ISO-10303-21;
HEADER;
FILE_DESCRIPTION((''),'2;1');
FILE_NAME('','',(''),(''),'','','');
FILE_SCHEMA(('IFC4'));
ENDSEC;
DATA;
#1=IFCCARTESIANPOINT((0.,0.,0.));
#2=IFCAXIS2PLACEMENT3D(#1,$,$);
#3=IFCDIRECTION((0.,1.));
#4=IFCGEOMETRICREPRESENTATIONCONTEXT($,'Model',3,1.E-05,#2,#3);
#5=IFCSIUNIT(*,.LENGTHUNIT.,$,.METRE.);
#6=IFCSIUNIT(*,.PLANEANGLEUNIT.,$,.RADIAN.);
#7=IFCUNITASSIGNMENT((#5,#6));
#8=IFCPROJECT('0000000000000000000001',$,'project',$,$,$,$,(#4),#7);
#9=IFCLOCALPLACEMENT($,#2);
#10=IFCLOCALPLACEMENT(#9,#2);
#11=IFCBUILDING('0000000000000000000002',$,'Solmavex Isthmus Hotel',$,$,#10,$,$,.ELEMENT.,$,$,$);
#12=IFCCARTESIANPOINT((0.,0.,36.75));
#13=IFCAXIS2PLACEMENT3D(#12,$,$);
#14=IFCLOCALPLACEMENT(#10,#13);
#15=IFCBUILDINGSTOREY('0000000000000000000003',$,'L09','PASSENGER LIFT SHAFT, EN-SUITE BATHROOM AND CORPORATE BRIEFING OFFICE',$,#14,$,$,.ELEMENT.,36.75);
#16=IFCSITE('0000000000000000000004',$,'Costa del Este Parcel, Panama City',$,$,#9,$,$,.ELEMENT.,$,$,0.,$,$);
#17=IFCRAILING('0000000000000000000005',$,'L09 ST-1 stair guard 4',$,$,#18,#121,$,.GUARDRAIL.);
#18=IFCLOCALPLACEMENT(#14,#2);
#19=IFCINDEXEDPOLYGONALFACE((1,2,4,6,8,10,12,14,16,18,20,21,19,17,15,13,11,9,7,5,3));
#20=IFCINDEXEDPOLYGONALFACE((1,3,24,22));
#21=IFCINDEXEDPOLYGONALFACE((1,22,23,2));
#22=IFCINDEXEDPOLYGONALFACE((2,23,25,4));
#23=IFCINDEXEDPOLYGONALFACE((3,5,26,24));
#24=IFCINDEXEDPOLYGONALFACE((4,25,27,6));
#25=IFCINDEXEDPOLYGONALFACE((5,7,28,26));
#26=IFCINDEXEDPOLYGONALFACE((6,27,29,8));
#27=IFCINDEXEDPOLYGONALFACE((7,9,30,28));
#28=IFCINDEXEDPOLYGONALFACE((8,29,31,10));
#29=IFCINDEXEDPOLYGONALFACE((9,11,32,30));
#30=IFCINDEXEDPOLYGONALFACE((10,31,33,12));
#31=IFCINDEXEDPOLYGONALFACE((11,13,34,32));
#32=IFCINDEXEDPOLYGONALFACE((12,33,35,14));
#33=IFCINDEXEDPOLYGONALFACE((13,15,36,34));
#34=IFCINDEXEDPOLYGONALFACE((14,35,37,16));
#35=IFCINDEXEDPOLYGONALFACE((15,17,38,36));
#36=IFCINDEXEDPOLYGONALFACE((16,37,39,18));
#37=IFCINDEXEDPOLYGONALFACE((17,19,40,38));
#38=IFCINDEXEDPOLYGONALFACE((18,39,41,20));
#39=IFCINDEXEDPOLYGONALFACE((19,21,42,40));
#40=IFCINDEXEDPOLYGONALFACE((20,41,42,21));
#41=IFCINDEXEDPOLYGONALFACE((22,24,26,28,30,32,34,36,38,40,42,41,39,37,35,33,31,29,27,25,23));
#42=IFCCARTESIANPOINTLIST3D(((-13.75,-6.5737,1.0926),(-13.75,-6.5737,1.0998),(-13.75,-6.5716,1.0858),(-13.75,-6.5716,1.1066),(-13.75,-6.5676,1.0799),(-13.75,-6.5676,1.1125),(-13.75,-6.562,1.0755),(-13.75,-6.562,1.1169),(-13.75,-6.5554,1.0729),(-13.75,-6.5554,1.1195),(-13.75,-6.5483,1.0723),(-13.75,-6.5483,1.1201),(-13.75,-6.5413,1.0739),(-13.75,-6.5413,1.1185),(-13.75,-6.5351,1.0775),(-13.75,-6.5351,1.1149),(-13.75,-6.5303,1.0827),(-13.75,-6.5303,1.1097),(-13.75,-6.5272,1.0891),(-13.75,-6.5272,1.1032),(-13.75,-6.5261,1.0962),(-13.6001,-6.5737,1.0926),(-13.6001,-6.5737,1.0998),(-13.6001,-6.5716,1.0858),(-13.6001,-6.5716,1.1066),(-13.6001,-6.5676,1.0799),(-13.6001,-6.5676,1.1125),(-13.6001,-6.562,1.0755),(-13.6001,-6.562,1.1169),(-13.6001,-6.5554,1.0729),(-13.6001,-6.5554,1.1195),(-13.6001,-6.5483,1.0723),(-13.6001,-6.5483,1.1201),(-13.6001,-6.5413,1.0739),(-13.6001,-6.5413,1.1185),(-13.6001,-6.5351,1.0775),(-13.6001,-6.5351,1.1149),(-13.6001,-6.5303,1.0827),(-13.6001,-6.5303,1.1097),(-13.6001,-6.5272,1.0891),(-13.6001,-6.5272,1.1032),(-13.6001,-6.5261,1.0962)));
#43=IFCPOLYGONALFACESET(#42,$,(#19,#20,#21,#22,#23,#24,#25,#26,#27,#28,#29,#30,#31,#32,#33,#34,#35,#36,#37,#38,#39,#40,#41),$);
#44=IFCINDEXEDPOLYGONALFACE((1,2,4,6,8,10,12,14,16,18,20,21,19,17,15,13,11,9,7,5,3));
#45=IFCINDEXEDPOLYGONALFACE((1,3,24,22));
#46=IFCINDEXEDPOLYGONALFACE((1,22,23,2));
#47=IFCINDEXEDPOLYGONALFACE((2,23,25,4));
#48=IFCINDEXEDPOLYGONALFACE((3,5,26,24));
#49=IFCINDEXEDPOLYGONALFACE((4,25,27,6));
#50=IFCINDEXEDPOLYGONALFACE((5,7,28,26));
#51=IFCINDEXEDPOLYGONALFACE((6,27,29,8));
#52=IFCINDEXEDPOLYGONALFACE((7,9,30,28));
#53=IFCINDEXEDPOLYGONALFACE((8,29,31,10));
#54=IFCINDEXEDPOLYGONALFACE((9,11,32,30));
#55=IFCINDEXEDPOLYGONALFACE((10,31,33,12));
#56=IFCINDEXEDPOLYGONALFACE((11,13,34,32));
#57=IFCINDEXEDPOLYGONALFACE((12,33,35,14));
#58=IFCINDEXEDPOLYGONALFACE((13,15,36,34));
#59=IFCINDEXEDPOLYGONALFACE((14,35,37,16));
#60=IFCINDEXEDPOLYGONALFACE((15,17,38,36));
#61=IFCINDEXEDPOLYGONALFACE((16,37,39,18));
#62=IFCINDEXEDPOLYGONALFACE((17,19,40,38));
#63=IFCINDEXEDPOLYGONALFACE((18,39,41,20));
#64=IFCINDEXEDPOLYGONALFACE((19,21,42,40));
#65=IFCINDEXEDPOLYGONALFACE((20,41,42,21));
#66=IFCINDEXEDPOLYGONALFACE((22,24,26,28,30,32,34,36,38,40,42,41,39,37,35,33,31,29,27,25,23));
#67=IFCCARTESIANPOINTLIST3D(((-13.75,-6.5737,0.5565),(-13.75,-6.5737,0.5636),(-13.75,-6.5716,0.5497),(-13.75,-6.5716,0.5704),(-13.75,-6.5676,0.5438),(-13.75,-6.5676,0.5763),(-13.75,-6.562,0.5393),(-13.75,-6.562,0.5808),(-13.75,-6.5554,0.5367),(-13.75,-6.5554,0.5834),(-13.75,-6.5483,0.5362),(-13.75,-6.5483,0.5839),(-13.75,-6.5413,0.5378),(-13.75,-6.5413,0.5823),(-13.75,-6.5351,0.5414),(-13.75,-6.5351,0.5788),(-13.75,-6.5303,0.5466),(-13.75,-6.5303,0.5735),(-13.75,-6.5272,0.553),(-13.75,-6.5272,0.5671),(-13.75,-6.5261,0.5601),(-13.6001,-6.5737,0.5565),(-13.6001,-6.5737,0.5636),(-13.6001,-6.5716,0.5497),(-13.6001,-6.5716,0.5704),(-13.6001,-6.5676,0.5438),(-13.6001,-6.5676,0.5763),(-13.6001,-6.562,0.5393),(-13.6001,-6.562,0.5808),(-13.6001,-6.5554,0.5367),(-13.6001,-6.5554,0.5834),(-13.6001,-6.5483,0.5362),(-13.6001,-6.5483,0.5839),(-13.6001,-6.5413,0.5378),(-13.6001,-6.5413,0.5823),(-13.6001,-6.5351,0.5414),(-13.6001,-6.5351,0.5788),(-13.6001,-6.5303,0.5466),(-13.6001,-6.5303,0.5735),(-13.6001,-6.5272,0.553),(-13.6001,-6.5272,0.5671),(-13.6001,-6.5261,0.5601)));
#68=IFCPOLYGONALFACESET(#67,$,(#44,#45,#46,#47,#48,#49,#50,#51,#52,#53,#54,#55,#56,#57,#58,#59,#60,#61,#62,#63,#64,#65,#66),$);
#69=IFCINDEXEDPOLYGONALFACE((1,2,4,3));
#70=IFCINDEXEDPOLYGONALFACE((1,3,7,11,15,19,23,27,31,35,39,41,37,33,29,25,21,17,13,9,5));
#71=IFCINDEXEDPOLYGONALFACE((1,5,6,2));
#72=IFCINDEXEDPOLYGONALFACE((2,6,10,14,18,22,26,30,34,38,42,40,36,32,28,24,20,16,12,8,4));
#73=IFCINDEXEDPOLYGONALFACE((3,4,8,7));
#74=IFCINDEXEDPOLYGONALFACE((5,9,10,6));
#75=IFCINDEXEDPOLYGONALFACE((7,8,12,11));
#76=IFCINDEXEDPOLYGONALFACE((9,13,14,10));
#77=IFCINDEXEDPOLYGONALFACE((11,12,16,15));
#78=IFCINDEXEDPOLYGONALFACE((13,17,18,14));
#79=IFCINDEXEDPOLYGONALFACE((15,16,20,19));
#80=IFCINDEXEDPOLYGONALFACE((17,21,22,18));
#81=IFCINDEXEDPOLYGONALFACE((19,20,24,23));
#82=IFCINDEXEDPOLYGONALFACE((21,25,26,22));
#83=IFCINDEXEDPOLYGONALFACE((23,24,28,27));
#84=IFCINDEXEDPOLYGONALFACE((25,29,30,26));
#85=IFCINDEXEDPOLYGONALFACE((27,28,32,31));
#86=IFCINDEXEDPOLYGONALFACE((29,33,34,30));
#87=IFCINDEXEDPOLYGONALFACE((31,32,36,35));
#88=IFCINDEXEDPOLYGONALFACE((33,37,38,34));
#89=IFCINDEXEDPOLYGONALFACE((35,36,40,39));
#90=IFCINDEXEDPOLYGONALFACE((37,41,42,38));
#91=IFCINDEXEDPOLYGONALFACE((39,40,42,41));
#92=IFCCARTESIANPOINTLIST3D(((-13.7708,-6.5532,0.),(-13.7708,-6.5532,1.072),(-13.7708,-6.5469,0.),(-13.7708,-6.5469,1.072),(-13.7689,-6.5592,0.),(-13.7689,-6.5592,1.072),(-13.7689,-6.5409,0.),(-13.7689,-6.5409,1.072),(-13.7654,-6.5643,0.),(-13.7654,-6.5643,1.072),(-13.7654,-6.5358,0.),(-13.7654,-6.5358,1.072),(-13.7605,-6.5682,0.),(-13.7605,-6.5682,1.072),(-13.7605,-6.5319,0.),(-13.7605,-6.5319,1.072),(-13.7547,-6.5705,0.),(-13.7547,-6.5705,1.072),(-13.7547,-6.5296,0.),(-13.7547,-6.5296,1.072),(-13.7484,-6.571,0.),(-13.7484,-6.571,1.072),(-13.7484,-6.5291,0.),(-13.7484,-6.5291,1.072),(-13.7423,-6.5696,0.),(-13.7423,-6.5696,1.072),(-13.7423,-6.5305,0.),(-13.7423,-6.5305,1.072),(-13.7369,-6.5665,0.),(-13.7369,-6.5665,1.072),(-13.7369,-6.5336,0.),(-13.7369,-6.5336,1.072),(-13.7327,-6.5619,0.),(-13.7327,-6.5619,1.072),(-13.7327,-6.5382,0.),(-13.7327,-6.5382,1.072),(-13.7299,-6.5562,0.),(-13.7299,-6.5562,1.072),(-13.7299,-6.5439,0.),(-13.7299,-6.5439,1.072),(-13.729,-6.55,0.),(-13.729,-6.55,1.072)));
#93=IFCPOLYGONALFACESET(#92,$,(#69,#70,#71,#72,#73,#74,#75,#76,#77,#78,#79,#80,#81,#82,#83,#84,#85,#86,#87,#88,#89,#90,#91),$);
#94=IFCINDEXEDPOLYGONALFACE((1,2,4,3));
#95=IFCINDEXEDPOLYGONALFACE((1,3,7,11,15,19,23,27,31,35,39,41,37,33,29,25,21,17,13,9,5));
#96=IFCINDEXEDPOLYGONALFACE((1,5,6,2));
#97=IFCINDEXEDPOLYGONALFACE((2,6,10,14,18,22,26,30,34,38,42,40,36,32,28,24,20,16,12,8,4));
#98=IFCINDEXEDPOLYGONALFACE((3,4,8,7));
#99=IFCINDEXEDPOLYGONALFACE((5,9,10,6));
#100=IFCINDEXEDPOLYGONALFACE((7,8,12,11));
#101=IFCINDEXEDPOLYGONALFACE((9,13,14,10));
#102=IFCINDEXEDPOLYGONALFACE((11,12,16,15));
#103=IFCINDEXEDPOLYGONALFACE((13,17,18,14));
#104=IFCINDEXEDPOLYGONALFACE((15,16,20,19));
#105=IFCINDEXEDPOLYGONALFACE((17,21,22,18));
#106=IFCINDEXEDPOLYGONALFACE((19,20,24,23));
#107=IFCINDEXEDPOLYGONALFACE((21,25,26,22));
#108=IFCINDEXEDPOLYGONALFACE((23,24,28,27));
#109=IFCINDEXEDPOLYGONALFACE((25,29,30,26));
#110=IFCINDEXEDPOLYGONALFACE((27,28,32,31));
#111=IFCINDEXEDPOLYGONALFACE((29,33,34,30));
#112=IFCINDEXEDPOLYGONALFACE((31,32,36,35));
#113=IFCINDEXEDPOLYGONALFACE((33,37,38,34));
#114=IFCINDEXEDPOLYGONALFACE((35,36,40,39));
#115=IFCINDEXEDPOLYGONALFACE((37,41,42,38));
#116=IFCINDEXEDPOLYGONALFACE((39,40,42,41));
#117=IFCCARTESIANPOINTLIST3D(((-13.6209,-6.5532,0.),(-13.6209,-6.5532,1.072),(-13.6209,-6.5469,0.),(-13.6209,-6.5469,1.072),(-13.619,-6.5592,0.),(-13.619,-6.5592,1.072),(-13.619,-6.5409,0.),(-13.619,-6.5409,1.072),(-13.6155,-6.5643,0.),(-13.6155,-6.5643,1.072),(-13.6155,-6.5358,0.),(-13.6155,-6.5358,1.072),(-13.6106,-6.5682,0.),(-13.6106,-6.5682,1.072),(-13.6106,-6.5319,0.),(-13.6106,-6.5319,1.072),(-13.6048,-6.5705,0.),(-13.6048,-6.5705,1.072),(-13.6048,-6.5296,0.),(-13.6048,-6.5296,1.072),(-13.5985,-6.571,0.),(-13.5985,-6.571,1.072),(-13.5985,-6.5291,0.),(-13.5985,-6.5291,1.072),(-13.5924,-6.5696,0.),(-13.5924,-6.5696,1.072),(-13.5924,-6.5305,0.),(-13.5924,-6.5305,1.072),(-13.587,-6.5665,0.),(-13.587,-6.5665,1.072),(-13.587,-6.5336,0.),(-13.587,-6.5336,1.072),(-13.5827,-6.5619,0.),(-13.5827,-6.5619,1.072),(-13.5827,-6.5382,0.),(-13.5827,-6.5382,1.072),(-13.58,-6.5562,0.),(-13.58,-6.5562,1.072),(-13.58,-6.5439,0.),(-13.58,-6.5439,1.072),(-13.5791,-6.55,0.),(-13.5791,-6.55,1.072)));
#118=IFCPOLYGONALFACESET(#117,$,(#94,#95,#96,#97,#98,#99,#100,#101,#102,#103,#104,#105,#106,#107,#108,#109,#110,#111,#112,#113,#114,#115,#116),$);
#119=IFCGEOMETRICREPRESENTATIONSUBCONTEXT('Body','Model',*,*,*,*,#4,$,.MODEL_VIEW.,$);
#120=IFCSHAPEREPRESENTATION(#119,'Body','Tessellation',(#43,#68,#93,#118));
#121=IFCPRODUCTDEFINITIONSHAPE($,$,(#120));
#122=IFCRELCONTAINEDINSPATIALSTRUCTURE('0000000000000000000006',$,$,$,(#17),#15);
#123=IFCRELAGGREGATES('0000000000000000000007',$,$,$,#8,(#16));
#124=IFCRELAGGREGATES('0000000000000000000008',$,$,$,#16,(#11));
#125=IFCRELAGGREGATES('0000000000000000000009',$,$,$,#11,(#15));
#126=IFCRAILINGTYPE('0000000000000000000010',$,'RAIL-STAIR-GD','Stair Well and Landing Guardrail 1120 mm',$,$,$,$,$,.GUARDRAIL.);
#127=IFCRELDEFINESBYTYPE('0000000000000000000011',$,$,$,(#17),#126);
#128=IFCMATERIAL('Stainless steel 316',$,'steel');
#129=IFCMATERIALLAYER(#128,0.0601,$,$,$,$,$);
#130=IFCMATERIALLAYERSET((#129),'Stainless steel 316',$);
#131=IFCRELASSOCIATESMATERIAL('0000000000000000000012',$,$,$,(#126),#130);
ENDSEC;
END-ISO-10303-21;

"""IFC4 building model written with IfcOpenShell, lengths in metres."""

from ifc_helpers import new_model, si_unit, direction, frame, origin, origin_2d, place, context, subcontext, project, spatial, circle, extrude, material, layer, layer_set, type_object, element, save


model = new_model("IFC4")

# Units and contexts
model_context = context("Model", 3, precision=1e-05, world=origin(), true_north=direction((0.0, 1.0)))
body_context = subcontext(model_context, "Body", "Model", "MODEL_VIEW")
ifc_project = project(units=[si_unit("LENGTHUNIT", "METRE"), si_unit("PLANEANGLEUNIT", "RADIAN")], contexts=[model_context])

# Site, building, storey
site_placement = place(None, origin())
site = spatial("IfcSite", under=ifc_project, at=site_placement, Name="Costa del Este Parcel, Panama City", CompositionType="ELEMENT", RefElevation=0.0)
building_placement = place(site_placement, origin())
building = spatial("IfcBuilding", under=site, at=building_placement, Name="Solmavex Isthmus Hotel", CompositionType="ELEMENT")
storey_placement = place(building_placement, frame((0.0, 0.0, 36.75)))
storey = spatial("IfcBuildingStorey", under=building, at=storey_placement, Name="L09", Description="PASSENGER LIFT SHAFT, EN-SUITE BATHROOM AND CORPORATE BRIEFING OFFICE", CompositionType="ELEMENT", Elevation=36.75)

# Shared definitions
ifc_material_1 = material(Name="Stainless steel 316", Category="steel")

# Railing
ifc_layer_1 = layer(ifc_material_1, 0.0601)
ifc_layer_set_1 = layer_set([ifc_layer_1], Name="Stainless steel 316")
railing_type_1 = type_object("IfcRailingType", Name="RAIL-STAIR-GD", Description="Stair Well and Landing Guardrail 1120 mm", PredefinedType="GUARDRAIL", material=ifc_layer_set_1)
railing_1_placement = place(storey_placement, frame((-13.75, -6.55, 0.0)))
element("IfcRailing", 1, at=railing_1_placement, inside=storey, type_object=railing_type_1, Name="L09 ST-1 stair guard 4", PredefinedType="GUARDRAIL", context=body_context, shape_type="SweptSolid", body=[
    extrude(circle(Radius=0.0239, at=origin_2d()), frame((0.0, 0.0, 1.0962), z_axis=(1.0, 0.0, 0.0), x_axis=(0.0, 1.0, 0.0)), (0.0, 0.0, 1.0), 0.1499),
    extrude(circle(Radius=0.0239, at=origin_2d()), frame((0.0, 0.0, 0.5601), z_axis=(1.0, 0.0, 0.0), x_axis=(0.0, 1.0, 0.0)), (0.0, 0.0, 1.0), 0.1499),
    extrude(circle(Radius=0.021, at=origin_2d()), origin(), (0.0, 0.0, 1.0), 1.072),
    extrude(circle(Radius=0.021, at=origin_2d()), frame((0.1499, 0.0, 0.0)), (0.0, 0.0, 1.0), 1.072),
])

save(model, "model.ifc")
